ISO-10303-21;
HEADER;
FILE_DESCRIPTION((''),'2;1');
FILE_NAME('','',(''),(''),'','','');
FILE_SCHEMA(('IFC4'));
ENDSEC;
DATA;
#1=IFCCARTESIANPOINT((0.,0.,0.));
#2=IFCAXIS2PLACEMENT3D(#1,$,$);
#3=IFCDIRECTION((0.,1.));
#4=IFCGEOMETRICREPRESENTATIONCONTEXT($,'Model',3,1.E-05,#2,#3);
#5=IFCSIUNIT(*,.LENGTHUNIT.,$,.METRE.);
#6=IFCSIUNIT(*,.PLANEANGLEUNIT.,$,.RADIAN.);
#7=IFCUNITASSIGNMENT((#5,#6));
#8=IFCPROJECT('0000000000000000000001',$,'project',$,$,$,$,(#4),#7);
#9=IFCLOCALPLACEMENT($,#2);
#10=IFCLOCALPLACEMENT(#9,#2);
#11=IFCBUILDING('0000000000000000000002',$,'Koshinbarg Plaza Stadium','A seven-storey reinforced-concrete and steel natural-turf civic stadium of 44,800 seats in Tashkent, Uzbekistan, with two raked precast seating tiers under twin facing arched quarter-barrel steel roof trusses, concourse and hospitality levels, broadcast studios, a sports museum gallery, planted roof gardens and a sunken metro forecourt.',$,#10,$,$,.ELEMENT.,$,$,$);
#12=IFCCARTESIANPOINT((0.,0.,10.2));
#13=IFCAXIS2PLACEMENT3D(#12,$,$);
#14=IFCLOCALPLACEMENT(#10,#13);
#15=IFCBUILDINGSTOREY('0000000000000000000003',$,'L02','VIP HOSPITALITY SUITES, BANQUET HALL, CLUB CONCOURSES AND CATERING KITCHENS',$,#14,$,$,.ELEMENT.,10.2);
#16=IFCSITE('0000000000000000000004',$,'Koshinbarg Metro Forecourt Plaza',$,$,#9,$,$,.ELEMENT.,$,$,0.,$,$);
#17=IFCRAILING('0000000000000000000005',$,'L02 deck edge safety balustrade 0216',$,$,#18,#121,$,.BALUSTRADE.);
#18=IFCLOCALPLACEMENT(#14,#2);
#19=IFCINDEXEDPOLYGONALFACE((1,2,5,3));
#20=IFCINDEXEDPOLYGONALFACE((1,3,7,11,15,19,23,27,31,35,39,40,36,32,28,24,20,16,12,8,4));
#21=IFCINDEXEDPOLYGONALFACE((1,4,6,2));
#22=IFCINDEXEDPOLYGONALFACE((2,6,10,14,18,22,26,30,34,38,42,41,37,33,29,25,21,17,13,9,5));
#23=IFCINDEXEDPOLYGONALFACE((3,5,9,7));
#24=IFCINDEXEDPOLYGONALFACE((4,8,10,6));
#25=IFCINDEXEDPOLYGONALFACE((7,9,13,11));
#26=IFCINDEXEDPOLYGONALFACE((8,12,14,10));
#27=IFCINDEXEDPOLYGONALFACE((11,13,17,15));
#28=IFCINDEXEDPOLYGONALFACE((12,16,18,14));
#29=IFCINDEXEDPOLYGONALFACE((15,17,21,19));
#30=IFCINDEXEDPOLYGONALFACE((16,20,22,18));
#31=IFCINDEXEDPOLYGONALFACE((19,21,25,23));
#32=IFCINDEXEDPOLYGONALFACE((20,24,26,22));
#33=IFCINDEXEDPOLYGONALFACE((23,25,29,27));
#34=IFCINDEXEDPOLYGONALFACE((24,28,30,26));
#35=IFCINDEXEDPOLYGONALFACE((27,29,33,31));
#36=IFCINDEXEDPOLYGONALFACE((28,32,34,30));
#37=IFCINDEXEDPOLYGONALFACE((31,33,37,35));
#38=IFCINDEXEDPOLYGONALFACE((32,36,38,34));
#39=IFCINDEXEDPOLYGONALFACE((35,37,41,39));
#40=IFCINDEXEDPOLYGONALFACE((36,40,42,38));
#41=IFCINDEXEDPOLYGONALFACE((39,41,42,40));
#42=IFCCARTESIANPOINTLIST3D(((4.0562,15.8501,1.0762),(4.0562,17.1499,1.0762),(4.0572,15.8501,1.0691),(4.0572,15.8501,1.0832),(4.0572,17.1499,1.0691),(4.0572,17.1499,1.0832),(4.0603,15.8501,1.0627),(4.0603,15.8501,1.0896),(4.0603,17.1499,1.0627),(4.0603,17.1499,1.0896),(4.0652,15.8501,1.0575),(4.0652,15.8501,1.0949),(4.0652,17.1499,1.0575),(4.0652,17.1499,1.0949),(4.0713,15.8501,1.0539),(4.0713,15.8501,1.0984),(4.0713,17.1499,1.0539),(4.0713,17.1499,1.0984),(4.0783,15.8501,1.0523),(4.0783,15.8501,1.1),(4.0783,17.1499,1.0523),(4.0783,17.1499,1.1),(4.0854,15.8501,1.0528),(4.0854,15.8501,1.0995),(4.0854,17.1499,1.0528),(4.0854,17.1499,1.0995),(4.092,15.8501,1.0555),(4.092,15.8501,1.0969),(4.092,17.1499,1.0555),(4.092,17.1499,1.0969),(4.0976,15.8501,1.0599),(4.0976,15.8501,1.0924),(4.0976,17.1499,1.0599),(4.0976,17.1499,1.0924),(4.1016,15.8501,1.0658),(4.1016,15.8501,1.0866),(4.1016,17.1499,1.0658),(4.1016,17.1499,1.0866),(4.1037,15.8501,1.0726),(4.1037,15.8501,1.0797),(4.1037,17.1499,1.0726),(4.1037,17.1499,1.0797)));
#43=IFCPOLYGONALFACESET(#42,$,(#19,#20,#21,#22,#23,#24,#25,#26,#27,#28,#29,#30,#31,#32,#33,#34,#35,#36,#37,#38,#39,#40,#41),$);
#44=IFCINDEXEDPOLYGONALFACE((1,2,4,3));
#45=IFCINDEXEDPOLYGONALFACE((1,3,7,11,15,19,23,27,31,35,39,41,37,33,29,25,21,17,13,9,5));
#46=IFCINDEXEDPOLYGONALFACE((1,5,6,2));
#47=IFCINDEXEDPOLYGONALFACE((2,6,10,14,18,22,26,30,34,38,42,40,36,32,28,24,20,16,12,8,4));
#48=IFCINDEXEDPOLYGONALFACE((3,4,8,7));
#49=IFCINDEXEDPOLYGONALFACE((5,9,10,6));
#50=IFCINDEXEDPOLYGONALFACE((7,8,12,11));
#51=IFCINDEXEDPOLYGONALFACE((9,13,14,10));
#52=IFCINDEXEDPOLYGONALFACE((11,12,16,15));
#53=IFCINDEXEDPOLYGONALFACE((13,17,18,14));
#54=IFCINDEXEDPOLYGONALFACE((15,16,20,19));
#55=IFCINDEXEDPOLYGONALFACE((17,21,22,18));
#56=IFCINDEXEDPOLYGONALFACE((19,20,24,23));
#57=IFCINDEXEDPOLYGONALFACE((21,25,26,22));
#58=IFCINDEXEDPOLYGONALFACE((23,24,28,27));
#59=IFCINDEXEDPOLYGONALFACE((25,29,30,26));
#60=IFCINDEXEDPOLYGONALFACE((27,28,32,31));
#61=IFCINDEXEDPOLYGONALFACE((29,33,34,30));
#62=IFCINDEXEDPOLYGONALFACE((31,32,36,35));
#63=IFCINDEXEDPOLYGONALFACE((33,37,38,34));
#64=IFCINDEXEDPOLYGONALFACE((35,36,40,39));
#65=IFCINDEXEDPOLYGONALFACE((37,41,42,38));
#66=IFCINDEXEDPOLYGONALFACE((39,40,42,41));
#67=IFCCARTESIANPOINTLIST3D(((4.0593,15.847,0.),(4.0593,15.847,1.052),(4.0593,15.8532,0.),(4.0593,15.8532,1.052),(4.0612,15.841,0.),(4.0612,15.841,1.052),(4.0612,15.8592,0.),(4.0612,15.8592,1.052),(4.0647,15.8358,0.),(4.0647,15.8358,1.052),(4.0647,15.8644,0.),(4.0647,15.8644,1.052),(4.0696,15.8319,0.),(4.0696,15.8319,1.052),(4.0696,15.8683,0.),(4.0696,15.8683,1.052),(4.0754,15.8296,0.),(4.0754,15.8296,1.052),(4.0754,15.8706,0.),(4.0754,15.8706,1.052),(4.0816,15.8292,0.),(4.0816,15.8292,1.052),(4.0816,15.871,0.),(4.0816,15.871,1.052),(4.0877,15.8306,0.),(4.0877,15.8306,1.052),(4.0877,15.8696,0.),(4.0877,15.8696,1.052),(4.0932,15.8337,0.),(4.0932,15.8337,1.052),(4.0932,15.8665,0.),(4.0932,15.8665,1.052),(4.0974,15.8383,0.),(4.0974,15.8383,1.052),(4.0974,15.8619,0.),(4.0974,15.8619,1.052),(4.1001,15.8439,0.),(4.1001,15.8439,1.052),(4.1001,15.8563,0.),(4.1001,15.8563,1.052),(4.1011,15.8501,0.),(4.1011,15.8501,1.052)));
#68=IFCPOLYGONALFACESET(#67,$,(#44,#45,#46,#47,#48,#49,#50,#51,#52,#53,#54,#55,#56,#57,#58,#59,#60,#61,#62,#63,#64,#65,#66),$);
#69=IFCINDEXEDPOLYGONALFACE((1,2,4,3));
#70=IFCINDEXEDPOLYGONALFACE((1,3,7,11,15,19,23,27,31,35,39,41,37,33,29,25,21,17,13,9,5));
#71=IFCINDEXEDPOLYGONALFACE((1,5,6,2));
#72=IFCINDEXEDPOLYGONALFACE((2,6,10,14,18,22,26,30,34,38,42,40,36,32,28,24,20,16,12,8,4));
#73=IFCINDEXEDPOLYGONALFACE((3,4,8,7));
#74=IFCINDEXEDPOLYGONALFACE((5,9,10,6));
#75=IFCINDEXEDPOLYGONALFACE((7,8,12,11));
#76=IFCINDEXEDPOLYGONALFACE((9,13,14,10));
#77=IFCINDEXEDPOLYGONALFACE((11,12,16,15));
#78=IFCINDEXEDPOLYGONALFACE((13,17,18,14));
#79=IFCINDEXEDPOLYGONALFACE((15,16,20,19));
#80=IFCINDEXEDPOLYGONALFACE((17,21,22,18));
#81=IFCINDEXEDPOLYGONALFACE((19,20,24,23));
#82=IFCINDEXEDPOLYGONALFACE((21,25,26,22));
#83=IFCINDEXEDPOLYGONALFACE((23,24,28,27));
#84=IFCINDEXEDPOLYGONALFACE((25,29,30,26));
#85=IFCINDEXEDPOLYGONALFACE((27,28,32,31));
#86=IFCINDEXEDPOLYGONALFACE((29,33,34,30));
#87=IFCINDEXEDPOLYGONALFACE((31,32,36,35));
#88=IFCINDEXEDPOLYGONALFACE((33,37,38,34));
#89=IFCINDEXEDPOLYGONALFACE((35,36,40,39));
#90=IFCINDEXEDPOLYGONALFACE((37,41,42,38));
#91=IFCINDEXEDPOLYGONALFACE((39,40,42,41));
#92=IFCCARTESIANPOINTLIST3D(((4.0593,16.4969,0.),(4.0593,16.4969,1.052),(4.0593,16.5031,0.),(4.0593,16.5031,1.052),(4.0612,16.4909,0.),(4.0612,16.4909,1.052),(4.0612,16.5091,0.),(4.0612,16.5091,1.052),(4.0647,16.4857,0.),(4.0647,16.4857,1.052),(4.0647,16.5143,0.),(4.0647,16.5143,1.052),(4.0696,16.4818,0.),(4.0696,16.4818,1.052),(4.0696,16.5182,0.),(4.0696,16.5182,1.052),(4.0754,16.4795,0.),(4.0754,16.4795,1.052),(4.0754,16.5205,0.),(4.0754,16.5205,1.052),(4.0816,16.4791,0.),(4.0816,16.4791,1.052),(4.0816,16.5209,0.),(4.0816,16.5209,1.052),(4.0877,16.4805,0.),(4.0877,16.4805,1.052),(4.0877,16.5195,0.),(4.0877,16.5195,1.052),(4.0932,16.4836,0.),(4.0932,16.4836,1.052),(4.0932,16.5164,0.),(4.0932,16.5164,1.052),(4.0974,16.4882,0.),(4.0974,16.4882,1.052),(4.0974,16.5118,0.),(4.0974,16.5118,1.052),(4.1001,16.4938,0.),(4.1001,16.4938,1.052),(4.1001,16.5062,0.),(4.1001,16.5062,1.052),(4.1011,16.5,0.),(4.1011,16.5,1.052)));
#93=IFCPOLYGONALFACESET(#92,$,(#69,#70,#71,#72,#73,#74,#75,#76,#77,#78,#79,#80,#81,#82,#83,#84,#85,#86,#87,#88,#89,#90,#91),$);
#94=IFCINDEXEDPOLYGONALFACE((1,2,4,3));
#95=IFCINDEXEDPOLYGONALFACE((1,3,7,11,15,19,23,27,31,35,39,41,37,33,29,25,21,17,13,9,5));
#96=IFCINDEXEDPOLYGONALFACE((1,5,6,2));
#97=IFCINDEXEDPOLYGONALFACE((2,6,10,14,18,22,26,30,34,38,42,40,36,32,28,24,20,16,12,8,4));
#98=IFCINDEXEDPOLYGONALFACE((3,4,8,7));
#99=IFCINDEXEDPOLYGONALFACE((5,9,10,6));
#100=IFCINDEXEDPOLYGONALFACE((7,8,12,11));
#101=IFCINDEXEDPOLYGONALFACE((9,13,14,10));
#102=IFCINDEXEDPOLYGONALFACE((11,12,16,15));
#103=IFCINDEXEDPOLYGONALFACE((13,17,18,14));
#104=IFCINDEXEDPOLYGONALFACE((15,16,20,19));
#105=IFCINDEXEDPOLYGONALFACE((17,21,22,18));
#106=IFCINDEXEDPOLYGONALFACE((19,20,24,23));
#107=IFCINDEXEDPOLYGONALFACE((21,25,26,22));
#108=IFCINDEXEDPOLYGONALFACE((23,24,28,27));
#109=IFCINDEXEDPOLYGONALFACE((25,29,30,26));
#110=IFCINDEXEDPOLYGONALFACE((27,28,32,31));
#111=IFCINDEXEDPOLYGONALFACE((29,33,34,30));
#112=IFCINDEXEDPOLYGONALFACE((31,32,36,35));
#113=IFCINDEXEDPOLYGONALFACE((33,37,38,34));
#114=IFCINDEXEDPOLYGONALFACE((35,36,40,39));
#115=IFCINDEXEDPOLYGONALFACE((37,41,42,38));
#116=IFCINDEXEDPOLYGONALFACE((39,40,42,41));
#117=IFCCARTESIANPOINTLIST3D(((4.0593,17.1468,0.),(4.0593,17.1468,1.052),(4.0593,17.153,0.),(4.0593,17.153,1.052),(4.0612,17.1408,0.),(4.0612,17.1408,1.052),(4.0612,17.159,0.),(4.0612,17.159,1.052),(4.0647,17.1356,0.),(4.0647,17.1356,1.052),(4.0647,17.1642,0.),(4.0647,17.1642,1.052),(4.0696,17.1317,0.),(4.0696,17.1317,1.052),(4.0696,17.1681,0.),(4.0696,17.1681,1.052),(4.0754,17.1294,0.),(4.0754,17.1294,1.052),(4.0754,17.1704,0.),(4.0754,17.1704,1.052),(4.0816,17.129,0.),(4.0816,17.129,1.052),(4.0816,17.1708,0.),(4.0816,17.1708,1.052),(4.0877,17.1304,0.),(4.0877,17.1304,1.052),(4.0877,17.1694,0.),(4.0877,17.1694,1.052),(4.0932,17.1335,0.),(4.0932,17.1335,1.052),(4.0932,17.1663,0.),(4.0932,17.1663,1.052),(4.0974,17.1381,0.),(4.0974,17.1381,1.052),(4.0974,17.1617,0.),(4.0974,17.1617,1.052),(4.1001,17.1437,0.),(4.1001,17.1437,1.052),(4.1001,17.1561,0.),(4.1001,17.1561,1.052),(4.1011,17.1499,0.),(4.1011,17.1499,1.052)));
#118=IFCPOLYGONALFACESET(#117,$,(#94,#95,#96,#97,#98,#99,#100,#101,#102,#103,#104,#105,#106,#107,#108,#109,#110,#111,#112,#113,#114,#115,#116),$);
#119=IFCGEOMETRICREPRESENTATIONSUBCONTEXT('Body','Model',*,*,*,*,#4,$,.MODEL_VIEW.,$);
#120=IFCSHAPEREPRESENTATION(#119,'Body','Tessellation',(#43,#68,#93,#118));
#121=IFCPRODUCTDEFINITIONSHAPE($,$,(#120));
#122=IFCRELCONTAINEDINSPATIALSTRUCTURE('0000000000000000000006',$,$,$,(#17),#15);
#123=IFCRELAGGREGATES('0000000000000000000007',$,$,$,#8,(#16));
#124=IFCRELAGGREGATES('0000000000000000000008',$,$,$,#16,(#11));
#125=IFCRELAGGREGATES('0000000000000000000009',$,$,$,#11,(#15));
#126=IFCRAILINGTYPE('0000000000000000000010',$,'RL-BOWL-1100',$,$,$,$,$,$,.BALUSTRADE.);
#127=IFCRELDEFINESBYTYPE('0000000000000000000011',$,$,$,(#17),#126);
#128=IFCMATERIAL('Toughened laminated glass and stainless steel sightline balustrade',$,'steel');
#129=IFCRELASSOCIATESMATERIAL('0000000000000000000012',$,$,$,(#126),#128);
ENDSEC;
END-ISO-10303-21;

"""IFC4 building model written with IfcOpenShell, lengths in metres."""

from ifc_helpers import new_model, si_unit, direction, frame, origin, origin_2d, place, context, subcontext, project, spatial, circle, extrude, material, type_object, element, save


model = new_model("IFC4")

# Units and contexts
model_context = context("Model", 3, precision=1e-05, world=origin(), true_north=direction((0.0, 1.0)))
body_context = subcontext(model_context, "Body", "Model", "MODEL_VIEW")
ifc_project = project(units=[si_unit("LENGTHUNIT", "METRE"), si_unit("PLANEANGLEUNIT", "RADIAN")], contexts=[model_context])

# Site, building, storey
site_placement = place(None, origin())
site = spatial("IfcSite", under=ifc_project, at=site_placement, Name="Koshinbarg Metro Forecourt Plaza", CompositionType="ELEMENT", RefElevation=0.0)
building_placement = place(site_placement, origin())
building = spatial("IfcBuilding", under=site, at=building_placement, Name="Koshinbarg Plaza Stadium", Description="A seven-storey reinforced-concrete and steel natural-turf civic stadium of 44,800 seats in Tashkent, Uzbekistan, with two raked precast seating tiers under twin facing arched quarter-barrel steel roof trusses, concourse and hospitality levels, broadcast studios, a sports museum gallery, planted roof gardens and a sunken metro forecourt.", CompositionType="ELEMENT")
storey_placement = place(building_placement, frame((0.0, 0.0, 10.2)))
storey = spatial("IfcBuildingStorey", under=building, at=storey_placement, Name="L02", Description="VIP HOSPITALITY SUITES, BANQUET HALL, CLUB CONCOURSES AND CATERING KITCHENS", CompositionType="ELEMENT", Elevation=10.2)

# Railing
ifc_material_1 = material(Name="Toughened laminated glass and stainless steel sightline balustrade", Category="steel")
railing_type = type_object("IfcRailingType", Name="RL-BOWL-1100", PredefinedType="BALUSTRADE", material=ifc_material_1)
railing_1_placement = place(storey_placement, frame((4.0801, 15.8501, 0.0)))
element("IfcRailing", 1, at=railing_1_placement, inside=storey, type_object=railing_type, Name="L02 deck edge safety balustrade 0216", PredefinedType="BALUSTRADE", context=body_context, shape_type="SweptSolid", body=[
    extrude(circle(Radius=0.0239, at=origin_2d()), frame((0.0, 0.0, 1.0762), z_axis=(0.0, 1.0, 0.0), x_axis=(-1.0, 0.0, 0.0)), (0.0, 0.0, 1.0), 1.2998),
    extrude(circle(Radius=0.021, at=origin_2d()), origin(), (0.0, 0.0, 1.0), 1.052),
    extrude(circle(Radius=0.021, at=origin_2d()), frame((0.0, 0.6499, 0.0)), (0.0, 0.0, 1.0), 1.052),
    extrude(circle(Radius=0.021, at=origin_2d()), frame((0.0, 1.2998, 0.0)), (0.0, 0.0, 1.0), 1.052),
])

save(model, "model.ifc")
